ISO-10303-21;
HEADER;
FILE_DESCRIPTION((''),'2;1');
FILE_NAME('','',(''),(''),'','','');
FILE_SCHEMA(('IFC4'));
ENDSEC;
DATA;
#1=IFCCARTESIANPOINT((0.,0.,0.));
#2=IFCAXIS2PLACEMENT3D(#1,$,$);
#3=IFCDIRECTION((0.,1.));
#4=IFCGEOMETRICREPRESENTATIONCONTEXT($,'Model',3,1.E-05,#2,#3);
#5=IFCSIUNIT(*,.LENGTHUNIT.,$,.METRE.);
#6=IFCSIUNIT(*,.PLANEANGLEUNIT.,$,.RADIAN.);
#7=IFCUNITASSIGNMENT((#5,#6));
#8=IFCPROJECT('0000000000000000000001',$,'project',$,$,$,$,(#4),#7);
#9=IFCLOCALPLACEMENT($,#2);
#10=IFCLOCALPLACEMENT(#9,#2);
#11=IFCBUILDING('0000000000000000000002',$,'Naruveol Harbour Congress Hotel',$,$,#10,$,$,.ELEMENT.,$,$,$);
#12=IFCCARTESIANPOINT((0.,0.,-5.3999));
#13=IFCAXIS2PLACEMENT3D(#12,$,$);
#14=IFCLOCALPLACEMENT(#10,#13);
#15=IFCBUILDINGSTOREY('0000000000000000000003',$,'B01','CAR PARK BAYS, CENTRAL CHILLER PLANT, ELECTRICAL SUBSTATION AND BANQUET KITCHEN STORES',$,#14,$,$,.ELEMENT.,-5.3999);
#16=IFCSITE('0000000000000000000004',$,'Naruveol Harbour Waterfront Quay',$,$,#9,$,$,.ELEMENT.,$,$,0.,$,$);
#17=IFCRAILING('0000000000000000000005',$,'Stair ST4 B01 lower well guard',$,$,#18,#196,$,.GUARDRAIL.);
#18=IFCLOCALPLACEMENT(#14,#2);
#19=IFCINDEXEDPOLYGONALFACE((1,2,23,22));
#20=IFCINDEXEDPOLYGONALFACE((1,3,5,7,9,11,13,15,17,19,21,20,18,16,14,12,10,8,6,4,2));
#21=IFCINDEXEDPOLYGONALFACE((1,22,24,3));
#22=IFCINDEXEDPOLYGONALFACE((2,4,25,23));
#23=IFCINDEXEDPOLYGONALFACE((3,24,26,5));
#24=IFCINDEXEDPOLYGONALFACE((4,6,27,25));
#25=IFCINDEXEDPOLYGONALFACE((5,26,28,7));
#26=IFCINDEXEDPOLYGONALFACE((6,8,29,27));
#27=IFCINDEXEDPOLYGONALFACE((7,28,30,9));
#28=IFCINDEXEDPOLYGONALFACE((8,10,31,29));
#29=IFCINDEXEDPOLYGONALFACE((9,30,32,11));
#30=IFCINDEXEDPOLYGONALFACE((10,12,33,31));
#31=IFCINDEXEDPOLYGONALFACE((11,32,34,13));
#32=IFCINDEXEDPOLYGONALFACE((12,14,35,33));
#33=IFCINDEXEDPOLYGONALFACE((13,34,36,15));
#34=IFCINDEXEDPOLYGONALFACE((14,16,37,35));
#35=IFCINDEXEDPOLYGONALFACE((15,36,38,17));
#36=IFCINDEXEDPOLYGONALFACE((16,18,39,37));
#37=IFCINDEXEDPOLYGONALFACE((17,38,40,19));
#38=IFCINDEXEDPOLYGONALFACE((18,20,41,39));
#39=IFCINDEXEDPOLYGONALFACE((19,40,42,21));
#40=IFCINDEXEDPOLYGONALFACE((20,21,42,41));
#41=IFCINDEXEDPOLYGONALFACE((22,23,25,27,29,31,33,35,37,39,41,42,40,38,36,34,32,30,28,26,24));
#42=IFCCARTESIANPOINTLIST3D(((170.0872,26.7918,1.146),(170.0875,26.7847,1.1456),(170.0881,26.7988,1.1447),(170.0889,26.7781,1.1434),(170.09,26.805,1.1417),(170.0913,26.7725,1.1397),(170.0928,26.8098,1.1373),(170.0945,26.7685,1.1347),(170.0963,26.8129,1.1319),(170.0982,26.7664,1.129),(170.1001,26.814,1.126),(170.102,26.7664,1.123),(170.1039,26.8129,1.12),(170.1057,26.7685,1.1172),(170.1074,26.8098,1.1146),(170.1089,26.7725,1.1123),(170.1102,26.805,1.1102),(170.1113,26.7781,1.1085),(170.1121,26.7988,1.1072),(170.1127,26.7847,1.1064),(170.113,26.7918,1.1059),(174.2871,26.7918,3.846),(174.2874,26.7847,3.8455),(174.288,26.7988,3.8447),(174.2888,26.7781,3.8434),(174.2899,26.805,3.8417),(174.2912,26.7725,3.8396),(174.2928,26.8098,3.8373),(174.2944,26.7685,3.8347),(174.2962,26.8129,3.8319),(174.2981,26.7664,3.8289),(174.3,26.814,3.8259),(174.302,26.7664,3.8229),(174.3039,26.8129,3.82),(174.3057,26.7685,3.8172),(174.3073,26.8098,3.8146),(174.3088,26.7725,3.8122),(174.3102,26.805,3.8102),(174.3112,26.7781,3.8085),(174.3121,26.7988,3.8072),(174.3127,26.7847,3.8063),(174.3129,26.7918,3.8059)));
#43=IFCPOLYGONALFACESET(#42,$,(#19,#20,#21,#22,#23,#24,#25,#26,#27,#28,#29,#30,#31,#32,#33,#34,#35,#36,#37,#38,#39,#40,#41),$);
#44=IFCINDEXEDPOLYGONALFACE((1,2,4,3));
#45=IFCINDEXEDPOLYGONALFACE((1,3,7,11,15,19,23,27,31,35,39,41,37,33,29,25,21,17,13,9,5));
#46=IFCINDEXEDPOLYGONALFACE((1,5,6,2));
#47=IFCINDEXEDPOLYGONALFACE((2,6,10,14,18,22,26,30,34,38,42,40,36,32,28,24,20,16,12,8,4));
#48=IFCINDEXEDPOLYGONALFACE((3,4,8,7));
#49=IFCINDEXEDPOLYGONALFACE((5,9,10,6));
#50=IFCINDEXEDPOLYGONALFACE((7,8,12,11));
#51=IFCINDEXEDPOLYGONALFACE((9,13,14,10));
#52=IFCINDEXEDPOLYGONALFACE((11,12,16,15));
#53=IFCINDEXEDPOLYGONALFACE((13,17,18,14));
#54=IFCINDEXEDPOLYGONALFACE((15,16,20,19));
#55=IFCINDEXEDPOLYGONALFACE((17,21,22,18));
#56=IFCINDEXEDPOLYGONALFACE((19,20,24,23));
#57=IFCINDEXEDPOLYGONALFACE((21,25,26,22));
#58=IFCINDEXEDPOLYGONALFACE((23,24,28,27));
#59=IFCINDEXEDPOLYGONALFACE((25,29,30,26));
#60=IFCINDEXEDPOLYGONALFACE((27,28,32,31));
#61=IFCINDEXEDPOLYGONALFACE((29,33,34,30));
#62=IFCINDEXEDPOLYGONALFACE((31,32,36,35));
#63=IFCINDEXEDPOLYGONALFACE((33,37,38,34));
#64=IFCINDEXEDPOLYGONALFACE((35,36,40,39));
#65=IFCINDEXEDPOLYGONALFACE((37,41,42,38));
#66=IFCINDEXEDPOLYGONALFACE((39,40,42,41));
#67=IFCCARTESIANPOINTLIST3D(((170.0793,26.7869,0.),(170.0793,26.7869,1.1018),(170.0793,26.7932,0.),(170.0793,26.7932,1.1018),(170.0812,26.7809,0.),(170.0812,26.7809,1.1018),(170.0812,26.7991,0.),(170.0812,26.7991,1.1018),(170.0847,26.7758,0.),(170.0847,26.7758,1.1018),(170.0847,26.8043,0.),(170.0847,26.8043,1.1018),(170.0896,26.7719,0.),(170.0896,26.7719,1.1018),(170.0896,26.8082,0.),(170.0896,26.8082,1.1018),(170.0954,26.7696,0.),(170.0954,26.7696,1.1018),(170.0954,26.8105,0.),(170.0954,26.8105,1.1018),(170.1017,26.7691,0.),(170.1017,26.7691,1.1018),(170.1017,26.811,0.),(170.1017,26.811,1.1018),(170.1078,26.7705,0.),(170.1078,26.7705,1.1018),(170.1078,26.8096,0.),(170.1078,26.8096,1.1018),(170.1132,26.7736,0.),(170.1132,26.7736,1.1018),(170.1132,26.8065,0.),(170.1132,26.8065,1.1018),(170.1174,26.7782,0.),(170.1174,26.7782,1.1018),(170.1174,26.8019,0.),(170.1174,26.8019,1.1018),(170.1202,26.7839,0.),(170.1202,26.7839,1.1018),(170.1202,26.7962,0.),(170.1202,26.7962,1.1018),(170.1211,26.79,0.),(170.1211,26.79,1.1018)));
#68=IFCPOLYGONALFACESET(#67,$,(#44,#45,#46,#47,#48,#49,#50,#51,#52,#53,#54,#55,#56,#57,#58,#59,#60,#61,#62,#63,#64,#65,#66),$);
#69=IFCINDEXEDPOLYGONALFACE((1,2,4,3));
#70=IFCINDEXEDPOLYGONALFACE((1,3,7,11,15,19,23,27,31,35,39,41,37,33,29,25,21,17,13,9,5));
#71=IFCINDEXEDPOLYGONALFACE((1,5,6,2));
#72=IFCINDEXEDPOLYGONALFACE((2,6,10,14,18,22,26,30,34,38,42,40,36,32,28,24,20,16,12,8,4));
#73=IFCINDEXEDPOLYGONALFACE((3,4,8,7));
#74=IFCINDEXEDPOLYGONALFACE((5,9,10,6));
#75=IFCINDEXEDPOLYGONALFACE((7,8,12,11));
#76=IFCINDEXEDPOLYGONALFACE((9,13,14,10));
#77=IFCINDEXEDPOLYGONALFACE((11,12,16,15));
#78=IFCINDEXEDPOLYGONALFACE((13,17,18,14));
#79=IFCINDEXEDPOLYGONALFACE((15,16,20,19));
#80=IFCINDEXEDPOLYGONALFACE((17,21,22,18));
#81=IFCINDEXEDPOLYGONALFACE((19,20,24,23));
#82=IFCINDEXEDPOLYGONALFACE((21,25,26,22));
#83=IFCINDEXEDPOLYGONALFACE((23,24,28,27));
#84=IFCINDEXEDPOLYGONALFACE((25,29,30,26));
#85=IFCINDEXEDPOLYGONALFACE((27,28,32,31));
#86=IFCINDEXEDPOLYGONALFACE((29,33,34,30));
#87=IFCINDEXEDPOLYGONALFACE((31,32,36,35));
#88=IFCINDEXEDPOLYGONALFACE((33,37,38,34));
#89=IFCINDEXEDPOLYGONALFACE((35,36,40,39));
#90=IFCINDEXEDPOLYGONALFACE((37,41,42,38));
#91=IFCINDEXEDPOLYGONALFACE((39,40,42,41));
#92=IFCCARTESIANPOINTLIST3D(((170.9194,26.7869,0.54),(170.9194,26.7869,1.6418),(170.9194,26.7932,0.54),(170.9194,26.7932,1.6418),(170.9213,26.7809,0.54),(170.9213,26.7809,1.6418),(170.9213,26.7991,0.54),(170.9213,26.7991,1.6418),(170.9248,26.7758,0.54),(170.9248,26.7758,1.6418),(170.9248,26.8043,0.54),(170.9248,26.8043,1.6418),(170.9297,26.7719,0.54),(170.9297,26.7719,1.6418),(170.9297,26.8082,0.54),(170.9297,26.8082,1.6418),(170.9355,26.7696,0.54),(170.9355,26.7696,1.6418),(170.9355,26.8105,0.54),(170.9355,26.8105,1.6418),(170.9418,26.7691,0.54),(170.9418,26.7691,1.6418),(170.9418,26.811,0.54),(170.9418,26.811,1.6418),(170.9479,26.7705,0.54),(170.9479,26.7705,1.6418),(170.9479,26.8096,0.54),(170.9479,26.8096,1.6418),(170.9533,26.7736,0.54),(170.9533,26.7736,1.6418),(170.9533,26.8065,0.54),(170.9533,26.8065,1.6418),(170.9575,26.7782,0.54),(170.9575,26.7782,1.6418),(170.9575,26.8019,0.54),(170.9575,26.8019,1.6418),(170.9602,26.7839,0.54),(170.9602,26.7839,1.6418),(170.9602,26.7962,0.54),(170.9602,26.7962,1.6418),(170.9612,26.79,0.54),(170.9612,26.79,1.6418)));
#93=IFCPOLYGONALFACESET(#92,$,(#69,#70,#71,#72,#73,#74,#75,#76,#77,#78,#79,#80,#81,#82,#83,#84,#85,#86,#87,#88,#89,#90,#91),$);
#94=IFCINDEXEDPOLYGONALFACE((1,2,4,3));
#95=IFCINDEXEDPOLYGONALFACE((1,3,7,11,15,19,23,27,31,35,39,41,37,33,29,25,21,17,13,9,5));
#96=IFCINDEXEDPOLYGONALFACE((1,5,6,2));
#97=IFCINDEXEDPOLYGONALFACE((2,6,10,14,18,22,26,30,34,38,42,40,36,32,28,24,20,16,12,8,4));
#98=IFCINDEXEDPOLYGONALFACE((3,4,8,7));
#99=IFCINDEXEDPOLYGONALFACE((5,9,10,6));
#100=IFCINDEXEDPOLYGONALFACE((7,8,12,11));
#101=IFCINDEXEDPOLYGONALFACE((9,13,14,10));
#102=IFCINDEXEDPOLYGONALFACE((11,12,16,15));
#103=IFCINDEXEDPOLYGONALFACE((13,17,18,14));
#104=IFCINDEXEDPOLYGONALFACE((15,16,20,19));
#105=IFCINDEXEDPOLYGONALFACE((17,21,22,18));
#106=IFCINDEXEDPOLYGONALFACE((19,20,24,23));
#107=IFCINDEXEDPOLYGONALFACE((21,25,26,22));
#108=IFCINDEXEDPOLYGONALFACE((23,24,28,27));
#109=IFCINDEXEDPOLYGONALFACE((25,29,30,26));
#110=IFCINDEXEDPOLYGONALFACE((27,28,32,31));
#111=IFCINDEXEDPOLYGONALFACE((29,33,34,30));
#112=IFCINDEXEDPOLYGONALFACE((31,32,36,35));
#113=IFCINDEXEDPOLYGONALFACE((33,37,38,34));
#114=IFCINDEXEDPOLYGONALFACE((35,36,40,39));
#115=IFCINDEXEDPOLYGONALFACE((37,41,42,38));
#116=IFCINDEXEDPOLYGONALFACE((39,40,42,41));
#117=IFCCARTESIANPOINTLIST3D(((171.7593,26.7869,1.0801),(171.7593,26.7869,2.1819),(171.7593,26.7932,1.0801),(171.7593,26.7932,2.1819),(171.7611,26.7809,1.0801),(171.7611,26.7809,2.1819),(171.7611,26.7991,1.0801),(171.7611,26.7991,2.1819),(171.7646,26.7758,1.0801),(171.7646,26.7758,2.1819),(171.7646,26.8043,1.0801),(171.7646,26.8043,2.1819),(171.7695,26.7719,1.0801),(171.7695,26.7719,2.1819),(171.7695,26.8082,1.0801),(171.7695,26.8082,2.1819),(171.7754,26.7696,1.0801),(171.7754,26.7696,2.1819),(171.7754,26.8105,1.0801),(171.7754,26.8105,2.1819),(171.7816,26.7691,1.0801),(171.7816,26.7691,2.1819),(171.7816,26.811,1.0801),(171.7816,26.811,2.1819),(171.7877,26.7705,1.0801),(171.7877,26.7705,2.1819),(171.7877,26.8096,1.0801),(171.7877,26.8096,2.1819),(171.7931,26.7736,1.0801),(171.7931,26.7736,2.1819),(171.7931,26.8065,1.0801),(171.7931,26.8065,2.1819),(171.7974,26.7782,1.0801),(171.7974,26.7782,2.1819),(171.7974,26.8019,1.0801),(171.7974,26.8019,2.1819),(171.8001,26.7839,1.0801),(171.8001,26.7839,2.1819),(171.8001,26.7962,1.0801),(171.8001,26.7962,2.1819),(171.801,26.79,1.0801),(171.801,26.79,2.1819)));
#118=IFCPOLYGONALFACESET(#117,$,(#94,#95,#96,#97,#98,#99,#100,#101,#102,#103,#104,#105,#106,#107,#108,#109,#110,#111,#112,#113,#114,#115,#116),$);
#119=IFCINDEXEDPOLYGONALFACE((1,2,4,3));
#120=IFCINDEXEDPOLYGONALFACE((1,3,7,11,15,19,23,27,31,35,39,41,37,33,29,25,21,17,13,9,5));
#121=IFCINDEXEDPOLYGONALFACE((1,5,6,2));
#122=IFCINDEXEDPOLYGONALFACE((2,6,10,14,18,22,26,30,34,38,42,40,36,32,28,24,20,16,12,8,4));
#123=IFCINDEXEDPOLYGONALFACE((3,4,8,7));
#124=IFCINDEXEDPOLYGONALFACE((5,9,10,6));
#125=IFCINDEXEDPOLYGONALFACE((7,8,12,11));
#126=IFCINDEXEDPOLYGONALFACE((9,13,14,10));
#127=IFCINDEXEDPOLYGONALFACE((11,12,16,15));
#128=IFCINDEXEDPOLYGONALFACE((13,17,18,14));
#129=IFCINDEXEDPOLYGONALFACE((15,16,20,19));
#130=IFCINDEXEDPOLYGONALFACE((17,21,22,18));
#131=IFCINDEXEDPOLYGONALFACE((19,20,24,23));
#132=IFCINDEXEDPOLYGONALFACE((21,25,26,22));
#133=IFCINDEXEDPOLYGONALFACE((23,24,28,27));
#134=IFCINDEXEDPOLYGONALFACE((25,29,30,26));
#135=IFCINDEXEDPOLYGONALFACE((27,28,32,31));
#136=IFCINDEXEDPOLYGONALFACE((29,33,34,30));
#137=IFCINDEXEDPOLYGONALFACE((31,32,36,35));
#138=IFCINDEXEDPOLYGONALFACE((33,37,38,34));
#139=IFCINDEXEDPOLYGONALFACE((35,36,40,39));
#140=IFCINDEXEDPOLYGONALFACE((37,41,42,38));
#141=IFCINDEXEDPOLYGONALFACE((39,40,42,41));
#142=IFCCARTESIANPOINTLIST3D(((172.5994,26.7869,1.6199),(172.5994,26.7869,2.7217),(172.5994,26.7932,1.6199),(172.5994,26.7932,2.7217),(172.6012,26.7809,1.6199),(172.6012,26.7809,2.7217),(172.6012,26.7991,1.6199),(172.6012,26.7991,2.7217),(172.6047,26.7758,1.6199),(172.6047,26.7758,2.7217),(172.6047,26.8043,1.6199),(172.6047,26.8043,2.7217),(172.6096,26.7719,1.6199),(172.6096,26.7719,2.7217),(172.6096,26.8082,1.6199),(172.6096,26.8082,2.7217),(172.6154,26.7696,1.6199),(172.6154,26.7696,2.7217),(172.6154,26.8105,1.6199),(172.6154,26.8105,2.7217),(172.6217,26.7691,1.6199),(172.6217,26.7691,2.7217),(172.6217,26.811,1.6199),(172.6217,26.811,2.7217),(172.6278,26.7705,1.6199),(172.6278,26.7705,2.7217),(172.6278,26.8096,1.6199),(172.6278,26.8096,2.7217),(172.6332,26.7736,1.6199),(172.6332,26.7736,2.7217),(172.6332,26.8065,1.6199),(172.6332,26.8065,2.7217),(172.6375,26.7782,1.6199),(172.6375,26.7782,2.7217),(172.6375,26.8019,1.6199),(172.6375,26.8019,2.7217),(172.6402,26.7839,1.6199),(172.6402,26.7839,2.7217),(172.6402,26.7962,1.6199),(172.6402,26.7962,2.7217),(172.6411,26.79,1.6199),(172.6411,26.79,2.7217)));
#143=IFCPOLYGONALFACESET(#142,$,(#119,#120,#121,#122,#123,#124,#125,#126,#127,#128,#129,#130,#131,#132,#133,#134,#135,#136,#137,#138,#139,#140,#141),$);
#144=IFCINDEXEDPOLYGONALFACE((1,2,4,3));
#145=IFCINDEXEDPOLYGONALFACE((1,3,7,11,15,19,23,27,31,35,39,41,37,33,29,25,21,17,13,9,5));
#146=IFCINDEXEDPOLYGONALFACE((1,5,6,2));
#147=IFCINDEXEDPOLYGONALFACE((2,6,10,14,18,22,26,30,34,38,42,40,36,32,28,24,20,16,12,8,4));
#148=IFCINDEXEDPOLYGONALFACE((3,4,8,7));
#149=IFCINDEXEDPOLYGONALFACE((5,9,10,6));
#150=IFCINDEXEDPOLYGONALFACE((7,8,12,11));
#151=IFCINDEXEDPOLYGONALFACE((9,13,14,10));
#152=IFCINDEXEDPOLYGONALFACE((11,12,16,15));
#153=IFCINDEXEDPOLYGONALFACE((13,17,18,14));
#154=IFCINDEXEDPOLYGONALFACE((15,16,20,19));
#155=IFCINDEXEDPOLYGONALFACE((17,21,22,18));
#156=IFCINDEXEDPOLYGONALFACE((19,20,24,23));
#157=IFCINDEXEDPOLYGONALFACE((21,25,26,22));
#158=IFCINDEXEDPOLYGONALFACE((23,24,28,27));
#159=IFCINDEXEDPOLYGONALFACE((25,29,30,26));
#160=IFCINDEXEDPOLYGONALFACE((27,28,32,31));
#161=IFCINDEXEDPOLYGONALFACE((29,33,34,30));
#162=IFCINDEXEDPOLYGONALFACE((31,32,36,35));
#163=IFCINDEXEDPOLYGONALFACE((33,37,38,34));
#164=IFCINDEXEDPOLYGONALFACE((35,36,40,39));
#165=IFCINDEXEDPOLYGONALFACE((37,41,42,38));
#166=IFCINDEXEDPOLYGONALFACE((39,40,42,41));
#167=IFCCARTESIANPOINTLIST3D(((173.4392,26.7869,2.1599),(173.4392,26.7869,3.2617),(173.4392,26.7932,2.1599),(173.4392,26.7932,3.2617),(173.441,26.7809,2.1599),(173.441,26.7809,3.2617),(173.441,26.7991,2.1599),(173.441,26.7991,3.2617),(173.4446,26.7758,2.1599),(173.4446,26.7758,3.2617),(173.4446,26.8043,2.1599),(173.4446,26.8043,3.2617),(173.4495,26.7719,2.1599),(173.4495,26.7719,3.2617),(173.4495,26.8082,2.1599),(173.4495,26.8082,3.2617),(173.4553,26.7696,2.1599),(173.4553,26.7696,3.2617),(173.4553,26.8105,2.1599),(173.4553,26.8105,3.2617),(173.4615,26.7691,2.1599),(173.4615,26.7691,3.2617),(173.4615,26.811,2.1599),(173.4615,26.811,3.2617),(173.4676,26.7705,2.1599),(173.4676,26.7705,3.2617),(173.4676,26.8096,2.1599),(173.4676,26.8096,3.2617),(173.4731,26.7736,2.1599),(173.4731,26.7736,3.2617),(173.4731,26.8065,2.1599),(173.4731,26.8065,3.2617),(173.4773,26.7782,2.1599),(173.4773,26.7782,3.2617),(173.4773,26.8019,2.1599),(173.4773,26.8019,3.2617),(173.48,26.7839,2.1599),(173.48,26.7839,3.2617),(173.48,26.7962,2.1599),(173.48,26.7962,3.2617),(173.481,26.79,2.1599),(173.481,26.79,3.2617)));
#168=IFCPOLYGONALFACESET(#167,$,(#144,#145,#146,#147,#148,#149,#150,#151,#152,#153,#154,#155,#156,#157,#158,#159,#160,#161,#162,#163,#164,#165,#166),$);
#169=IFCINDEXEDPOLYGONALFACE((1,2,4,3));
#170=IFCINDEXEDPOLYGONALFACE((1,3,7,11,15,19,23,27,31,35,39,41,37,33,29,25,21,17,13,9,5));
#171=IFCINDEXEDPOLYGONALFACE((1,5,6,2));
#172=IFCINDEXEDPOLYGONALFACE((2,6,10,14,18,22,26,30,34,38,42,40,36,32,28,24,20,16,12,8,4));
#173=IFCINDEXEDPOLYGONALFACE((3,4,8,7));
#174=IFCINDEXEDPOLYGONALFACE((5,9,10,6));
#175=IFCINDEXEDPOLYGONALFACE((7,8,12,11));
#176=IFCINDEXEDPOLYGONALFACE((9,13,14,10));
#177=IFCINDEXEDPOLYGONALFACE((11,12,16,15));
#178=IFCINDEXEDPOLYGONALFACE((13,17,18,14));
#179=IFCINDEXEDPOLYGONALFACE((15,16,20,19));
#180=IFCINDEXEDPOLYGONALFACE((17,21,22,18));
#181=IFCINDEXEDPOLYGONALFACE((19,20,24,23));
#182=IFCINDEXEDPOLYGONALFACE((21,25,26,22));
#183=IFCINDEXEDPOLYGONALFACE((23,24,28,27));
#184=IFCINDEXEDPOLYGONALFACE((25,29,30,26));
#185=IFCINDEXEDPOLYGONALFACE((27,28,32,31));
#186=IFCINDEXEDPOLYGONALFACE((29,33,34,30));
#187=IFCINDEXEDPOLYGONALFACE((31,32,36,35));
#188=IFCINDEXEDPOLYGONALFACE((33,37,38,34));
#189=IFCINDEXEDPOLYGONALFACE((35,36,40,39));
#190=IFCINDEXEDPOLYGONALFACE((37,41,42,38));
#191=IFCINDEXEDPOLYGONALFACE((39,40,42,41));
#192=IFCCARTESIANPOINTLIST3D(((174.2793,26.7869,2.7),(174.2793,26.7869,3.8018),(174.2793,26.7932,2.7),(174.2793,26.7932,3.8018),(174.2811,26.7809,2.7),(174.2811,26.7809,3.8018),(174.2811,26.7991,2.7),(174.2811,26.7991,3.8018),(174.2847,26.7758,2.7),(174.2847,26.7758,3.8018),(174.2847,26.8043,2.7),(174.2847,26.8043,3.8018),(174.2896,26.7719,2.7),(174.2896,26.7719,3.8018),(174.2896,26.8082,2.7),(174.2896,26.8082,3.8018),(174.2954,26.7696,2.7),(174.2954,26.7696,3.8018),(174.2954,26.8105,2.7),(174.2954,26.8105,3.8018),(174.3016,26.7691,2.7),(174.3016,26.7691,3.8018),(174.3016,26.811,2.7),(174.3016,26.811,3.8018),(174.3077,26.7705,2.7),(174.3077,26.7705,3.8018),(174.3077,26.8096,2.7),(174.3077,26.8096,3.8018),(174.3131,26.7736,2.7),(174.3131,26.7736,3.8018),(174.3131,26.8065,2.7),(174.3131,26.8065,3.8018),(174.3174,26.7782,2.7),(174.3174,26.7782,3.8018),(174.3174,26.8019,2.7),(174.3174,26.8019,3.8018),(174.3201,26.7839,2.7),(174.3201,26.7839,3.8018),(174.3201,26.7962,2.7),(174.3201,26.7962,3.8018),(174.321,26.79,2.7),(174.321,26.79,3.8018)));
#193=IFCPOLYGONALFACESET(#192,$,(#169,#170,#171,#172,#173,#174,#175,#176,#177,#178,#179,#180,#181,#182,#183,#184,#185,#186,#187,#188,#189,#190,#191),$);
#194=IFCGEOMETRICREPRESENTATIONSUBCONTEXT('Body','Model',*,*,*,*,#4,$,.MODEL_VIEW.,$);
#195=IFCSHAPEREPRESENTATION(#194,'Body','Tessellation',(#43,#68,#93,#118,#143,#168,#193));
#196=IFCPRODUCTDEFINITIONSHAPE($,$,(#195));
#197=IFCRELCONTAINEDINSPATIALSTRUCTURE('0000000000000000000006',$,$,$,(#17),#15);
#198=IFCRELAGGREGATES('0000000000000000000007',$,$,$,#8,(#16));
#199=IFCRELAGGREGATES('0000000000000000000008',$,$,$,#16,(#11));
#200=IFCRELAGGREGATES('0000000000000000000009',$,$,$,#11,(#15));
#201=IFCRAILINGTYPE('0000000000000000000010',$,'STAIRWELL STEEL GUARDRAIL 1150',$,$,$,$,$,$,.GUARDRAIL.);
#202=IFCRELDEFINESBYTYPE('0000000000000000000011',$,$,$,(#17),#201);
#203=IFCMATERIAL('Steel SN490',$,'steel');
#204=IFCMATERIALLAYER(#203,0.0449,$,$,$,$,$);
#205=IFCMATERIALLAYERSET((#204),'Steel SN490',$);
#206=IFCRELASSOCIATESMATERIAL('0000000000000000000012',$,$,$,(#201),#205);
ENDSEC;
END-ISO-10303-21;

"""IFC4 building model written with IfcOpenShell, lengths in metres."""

from ifc_helpers import new_model, si_unit, direction, frame, origin, origin_2d, place, context, subcontext, project, spatial, circle, extrude, material, layer, layer_set, type_object, element, save


model = new_model("IFC4")

# Units and contexts
model_context = context("Model", 3, precision=1e-05, world=origin(), true_north=direction((0.0, 1.0)))
body_context = subcontext(model_context, "Body", "Model", "MODEL_VIEW")
ifc_project = project(units=[si_unit("LENGTHUNIT", "METRE"), si_unit("PLANEANGLEUNIT", "RADIAN")], contexts=[model_context])

# Site, building, storey
site_placement = place(None, origin())
site = spatial("IfcSite", under=ifc_project, at=site_placement, Name="Naruveol Harbour Waterfront Quay", CompositionType="ELEMENT", RefElevation=0.0)
building_placement = place(site_placement, origin())
building = spatial("IfcBuilding", under=site, at=building_placement, Name="Naruveol Harbour Congress Hotel", CompositionType="ELEMENT")
storey_placement = place(building_placement, frame((0.0, 0.0, -5.3999)))
storey = spatial("IfcBuildingStorey", under=building, at=storey_placement, Name="B01", Description="CAR PARK BAYS, CENTRAL CHILLER PLANT, ELECTRICAL SUBSTATION AND BANQUET KITCHEN STORES", CompositionType="ELEMENT", Elevation=-5.3999)

# Railing
ifc_material_1 = material(Name="Steel SN490", Category="steel")
ifc_layer_1 = layer(ifc_material_1, 0.0449)
ifc_layer_set_1 = layer_set([ifc_layer_1], Name="Steel SN490")
railing_type_1 = type_object("IfcRailingType", Name="STAIRWELL STEEL GUARDRAIL 1150", PredefinedType="GUARDRAIL", material=ifc_layer_set_1)
railing_1_placement = place(storey_placement, frame((170.1001, 26.79, 0.0)))
element("IfcRailing", 1, at=railing_1_placement, inside=storey, type_object=railing_type_1, Name="Stair ST4 B01 lower well guard", PredefinedType="GUARDRAIL", context=body_context, shape_type="SweptSolid", body=[
    extrude(circle(Radius=0.0239, at=origin_2d()), frame((0.0, 0.0, 1.126), z_axis=(0.84118, 0.0, 0.540755), x_axis=(0.0, 1.0, 0.0)), (0.0, 0.0, 1.0), 4.9929),
    extrude(circle(Radius=0.021, at=origin_2d()), origin(), (0.0, 0.0, 1.0), 1.1018),
    extrude(circle(Radius=0.021, at=origin_2d()), frame((0.8401, 0.0, 0.54)), (0.0, 0.0, 1.0), 1.1018),
    extrude(circle(Radius=0.021, at=origin_2d()), frame((1.6799, 0.0, 1.0801)), (0.0, 0.0, 1.0), 1.1018),
    extrude(circle(Radius=0.021, at=origin_2d()), frame((2.52, 0.0, 1.6199)), (0.0, 0.0, 1.0), 1.1018),
    extrude(circle(Radius=0.021, at=origin_2d()), frame((3.3599, 0.0, 2.1599)), (0.0, 0.0, 1.0), 1.1018),
    extrude(circle(Radius=0.021, at=origin_2d()), frame((4.2, 0.0, 2.7)), (0.0, 0.0, 1.0), 1.1018),
])

save(model, "model.ifc")
